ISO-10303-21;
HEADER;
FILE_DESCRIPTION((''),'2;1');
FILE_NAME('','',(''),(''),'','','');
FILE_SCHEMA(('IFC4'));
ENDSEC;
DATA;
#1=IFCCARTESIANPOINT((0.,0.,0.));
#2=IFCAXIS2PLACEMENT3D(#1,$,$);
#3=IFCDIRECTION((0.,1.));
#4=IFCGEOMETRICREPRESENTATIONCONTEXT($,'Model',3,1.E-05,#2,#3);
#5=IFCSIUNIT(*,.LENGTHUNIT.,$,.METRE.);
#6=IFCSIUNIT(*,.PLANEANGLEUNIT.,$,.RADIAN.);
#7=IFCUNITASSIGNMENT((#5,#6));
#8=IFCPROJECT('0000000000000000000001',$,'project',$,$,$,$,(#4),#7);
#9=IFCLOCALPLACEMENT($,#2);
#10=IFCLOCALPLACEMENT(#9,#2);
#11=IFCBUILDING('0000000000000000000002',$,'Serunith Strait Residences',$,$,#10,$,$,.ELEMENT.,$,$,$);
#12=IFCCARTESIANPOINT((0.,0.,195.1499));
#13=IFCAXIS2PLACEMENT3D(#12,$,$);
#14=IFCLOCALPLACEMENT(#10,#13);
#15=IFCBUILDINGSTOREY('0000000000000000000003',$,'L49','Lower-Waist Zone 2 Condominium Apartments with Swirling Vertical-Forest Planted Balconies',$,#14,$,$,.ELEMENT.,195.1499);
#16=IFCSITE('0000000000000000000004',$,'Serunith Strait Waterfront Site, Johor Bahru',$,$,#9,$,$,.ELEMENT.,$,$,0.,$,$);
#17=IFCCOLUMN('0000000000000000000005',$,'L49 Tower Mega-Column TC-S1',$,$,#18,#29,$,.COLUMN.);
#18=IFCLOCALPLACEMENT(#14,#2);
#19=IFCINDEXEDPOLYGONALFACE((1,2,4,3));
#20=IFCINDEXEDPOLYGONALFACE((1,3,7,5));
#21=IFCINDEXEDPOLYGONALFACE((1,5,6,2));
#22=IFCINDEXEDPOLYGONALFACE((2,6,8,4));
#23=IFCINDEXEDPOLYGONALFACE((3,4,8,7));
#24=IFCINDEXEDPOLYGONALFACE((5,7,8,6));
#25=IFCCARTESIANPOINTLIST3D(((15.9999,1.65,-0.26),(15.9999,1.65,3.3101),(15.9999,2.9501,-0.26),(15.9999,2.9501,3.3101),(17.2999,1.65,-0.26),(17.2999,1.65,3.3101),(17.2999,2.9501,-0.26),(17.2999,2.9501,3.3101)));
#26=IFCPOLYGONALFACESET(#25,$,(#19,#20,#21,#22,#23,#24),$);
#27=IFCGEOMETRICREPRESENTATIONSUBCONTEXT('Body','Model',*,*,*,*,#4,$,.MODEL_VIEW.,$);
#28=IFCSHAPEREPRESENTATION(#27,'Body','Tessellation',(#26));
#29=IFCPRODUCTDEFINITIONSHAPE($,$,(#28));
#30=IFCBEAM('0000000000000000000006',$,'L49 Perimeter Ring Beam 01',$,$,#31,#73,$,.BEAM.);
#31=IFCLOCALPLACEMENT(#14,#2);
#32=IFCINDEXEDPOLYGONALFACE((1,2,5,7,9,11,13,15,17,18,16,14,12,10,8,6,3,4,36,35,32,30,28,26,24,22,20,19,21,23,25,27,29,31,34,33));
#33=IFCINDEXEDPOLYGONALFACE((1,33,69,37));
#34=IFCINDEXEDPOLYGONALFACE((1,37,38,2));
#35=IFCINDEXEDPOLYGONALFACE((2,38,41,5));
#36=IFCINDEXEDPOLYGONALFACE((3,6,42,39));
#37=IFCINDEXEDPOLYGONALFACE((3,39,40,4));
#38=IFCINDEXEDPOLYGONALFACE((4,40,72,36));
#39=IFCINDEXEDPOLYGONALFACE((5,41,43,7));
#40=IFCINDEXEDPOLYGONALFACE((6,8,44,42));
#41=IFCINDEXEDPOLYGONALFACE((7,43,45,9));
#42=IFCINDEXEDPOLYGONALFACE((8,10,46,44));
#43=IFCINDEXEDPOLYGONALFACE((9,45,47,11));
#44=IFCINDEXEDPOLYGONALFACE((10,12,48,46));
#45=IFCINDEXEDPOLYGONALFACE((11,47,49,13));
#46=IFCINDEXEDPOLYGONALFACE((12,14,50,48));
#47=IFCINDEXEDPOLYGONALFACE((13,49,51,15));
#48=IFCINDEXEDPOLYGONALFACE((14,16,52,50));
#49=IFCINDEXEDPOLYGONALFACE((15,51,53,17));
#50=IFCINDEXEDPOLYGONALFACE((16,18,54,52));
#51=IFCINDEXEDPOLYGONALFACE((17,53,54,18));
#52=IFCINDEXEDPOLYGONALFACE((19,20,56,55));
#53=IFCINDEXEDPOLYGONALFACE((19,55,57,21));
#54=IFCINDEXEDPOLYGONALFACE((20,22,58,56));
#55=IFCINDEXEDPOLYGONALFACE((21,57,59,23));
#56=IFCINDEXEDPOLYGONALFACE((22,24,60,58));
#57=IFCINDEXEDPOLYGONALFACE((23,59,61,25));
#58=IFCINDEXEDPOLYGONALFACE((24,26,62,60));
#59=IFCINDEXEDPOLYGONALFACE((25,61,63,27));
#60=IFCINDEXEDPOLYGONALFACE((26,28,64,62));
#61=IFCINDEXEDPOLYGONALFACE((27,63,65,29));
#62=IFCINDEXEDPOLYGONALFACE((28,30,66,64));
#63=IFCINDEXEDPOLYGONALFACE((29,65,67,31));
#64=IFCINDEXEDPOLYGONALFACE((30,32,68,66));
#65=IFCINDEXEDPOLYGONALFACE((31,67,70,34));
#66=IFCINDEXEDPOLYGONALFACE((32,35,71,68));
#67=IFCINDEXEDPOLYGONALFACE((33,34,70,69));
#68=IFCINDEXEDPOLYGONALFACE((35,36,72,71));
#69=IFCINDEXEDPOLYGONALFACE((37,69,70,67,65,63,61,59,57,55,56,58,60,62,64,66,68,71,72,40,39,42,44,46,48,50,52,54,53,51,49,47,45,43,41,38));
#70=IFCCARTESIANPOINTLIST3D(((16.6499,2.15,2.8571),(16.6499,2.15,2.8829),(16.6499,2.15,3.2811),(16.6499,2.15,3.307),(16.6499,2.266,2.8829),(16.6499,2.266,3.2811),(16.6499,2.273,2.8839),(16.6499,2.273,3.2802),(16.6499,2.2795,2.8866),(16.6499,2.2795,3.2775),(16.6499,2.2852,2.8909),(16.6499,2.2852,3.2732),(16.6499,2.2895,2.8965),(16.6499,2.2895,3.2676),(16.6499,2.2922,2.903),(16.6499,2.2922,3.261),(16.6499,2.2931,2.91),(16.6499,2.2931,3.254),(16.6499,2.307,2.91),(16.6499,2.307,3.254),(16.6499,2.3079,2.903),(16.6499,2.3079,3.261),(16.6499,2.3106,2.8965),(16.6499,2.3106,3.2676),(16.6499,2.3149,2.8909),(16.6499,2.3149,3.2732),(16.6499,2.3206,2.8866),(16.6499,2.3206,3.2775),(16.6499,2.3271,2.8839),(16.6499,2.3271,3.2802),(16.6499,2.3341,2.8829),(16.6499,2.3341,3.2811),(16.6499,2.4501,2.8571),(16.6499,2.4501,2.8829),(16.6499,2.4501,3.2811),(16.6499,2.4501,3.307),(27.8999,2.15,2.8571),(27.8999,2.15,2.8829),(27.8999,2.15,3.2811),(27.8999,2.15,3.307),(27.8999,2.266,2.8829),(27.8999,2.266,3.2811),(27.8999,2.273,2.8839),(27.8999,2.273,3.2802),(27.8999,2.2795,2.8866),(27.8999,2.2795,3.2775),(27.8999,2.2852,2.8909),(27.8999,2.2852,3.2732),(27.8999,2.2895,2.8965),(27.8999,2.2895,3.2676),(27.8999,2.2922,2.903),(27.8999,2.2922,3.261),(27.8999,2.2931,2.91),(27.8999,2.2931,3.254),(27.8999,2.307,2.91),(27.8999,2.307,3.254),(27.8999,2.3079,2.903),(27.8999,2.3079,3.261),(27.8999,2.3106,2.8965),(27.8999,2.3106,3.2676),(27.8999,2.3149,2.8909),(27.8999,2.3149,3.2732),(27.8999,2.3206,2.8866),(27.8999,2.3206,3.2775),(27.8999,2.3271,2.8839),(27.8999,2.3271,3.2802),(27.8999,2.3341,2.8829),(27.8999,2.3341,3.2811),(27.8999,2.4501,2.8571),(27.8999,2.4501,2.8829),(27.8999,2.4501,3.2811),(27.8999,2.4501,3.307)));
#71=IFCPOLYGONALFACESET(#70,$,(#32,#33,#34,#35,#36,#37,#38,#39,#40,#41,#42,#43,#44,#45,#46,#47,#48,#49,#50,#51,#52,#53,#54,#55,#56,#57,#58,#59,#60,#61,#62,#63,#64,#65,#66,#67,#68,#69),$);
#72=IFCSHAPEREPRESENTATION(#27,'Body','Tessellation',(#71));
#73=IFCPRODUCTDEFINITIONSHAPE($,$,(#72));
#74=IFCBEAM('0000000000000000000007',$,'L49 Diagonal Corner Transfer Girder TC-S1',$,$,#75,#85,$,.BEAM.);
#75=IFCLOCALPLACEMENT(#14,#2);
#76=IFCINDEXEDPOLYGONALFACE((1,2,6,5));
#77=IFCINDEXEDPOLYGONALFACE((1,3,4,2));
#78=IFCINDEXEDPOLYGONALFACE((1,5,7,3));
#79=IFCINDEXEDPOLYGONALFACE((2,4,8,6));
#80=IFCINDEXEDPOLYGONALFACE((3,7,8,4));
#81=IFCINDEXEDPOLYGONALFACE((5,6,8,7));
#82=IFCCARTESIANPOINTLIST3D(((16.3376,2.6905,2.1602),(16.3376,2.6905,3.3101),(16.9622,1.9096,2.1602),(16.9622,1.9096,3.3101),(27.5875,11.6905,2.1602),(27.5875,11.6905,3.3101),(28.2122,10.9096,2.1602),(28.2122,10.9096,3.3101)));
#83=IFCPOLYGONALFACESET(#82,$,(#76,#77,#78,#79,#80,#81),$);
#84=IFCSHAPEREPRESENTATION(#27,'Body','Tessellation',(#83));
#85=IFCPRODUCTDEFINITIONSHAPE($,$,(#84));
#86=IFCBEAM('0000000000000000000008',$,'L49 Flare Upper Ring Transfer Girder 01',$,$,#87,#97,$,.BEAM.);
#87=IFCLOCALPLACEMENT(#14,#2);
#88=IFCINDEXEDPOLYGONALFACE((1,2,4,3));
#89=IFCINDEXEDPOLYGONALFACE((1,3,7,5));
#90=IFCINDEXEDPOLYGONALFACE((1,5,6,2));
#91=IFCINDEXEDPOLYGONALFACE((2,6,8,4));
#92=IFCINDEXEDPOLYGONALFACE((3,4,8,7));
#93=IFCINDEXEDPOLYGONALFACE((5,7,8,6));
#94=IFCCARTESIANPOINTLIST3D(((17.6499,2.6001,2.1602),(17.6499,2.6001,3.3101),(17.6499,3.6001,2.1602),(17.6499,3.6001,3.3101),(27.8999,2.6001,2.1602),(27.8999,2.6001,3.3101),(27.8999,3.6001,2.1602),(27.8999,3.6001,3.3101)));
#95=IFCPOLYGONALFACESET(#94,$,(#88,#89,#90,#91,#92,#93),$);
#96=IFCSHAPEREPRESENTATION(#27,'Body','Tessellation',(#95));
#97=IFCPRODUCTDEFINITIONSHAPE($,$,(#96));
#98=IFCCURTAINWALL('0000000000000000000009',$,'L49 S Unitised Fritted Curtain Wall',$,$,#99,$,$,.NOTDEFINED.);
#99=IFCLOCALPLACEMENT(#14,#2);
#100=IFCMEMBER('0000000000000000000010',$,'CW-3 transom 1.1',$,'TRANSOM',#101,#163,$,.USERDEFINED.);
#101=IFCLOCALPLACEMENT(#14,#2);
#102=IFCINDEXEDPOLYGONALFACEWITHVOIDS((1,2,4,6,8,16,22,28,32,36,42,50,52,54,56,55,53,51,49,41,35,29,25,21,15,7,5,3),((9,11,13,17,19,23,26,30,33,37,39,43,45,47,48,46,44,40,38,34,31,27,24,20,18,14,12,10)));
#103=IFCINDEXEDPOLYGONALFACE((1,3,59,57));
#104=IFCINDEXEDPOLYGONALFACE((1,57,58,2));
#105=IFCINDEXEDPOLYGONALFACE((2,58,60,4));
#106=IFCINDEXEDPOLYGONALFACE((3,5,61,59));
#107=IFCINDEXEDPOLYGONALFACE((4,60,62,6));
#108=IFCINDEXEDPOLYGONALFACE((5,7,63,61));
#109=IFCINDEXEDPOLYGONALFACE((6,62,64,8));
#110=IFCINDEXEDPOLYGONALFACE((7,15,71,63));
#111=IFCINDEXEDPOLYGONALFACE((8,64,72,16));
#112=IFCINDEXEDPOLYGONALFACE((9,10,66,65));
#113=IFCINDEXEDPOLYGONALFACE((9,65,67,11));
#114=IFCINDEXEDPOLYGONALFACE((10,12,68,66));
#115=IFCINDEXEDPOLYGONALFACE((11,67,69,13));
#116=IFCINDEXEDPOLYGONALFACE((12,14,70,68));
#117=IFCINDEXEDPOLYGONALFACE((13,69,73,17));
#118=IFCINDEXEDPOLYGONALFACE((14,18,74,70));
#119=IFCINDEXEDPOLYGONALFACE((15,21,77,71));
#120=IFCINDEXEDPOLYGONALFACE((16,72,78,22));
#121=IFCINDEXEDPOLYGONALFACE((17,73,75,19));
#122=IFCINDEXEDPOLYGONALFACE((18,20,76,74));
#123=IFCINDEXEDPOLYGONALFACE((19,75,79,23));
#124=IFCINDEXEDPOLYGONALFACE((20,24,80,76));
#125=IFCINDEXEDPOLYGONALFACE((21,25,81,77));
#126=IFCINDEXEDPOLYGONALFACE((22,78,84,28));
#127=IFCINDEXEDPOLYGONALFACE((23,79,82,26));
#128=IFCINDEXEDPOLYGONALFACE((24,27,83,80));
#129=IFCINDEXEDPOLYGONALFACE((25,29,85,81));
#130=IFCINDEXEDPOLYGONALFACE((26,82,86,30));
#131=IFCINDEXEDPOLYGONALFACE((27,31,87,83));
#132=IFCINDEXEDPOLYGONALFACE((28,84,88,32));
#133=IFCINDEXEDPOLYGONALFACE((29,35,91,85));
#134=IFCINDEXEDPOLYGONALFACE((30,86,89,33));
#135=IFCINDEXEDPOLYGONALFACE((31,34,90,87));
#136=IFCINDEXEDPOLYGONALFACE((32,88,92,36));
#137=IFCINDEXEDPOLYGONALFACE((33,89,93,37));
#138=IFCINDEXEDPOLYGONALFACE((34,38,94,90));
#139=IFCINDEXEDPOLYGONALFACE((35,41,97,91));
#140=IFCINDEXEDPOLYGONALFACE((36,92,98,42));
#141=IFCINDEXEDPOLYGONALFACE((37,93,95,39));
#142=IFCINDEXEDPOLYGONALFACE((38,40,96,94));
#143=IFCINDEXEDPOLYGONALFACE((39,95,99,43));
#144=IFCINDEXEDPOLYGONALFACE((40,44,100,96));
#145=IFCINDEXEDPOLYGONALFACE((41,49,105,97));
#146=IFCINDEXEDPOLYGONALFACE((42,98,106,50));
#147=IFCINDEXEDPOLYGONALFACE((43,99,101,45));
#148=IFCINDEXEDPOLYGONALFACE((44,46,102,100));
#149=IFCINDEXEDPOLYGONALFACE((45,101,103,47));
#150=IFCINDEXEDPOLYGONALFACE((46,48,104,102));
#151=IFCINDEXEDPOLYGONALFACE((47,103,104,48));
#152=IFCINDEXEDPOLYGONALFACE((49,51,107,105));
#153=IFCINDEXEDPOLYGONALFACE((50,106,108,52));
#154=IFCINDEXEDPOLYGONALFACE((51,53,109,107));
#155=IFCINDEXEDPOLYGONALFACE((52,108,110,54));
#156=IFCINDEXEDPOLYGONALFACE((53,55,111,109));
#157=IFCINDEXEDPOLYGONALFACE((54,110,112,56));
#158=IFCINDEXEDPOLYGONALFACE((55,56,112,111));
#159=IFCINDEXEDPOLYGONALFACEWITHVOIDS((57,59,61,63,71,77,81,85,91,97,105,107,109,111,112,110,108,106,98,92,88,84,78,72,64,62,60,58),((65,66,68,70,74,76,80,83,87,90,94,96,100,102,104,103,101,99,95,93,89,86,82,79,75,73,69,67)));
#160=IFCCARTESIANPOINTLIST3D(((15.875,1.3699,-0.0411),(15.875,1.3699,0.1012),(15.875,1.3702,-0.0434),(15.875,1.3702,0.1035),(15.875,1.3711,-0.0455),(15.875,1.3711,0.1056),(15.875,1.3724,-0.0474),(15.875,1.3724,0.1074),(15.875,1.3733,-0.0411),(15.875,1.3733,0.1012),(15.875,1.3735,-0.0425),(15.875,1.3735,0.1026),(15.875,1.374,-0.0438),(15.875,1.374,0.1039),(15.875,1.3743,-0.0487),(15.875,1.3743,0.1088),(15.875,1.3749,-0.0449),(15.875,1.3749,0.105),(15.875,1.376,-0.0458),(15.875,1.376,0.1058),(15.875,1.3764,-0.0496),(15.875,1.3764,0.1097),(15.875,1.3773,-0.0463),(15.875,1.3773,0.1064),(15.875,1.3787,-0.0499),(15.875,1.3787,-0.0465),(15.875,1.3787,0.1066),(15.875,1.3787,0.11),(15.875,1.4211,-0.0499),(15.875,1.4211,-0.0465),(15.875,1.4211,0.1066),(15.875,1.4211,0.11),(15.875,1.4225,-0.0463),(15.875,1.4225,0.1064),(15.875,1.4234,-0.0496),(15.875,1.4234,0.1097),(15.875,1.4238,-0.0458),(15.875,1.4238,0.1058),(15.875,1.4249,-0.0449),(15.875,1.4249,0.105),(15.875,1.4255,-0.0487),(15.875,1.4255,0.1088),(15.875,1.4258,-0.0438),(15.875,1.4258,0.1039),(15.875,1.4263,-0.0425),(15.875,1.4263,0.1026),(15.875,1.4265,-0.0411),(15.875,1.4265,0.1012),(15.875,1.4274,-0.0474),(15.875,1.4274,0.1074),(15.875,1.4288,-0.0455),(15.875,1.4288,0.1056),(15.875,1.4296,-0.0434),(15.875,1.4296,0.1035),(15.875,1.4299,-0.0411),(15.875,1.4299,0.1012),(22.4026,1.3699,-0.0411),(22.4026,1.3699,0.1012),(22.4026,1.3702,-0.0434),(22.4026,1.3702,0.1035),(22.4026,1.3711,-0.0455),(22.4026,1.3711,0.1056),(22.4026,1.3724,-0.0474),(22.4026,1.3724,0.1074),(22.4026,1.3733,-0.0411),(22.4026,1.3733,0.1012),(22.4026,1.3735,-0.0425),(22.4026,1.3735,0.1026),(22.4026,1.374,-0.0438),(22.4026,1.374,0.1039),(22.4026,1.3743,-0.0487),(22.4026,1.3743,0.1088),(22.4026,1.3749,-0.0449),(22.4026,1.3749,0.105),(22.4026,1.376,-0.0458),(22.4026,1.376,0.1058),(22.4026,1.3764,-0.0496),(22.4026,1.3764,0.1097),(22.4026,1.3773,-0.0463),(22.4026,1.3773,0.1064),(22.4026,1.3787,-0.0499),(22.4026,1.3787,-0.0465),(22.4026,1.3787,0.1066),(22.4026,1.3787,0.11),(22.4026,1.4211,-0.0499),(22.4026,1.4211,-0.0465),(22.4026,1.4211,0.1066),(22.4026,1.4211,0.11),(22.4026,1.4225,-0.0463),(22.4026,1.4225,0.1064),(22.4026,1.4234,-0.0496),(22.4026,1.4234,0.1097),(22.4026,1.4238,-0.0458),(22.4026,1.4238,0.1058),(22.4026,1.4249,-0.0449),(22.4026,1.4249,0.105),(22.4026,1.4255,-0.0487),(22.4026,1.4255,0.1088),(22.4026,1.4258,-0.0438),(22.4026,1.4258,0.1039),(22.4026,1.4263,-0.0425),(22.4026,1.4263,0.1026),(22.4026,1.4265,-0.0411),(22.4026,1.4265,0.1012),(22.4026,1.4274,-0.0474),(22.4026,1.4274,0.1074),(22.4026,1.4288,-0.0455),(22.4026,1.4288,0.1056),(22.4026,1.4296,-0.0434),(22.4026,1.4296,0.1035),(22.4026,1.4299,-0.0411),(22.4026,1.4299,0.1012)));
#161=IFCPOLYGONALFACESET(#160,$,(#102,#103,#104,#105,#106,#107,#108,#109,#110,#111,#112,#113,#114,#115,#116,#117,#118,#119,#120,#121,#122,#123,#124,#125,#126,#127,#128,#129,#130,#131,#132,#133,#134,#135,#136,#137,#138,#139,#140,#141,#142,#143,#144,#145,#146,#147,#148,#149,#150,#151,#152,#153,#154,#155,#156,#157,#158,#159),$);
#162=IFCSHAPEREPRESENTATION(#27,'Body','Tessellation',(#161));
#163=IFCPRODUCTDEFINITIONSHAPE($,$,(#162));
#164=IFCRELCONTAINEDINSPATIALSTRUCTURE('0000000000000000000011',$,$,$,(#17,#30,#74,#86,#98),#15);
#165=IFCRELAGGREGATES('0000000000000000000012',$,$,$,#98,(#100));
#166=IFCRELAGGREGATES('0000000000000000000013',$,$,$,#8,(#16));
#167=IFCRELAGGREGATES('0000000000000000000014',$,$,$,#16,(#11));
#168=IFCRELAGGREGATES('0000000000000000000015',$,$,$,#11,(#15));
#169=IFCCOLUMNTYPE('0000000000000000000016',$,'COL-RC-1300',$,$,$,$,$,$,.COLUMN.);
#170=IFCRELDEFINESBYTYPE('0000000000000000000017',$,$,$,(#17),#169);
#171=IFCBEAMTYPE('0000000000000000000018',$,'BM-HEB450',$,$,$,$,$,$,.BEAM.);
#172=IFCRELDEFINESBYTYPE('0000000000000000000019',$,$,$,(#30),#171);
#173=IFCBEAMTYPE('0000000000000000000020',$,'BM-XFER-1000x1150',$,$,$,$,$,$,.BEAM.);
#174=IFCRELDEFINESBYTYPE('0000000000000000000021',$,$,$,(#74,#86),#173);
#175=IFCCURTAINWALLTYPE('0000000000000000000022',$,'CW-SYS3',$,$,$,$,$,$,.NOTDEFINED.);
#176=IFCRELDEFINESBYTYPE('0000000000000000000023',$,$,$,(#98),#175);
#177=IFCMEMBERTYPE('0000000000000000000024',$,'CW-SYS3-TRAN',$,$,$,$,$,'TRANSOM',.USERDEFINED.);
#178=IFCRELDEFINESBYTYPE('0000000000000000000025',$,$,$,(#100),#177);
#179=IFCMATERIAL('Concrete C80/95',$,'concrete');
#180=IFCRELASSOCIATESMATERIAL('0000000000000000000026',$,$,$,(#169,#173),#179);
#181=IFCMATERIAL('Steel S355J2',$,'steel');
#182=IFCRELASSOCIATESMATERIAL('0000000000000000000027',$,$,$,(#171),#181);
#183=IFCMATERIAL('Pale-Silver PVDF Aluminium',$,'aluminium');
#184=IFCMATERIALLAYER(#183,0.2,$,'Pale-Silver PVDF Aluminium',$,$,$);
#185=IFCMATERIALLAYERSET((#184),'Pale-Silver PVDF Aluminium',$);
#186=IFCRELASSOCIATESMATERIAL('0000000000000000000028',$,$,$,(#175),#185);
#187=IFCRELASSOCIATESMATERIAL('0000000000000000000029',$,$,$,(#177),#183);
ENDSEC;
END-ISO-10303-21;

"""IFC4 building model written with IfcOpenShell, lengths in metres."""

from ifc_helpers import new_model, si_unit, direction, frame, origin, origin_2d, place, context, subcontext, project, spatial, rectangle, hollow_rectangle, i_section, extrude, source, transform, mapped, material, layer, layer_set, material_profile, profile_set, type_object, element, aggregate, save


model = new_model("IFC4")

# Units and contexts
model_context = context("Model", 3, precision=1e-05, world=origin(), true_north=direction((0.0, 1.0)))
body_context = subcontext(model_context, "Body", "Model", "MODEL_VIEW")
ifc_project = project(units=[si_unit("LENGTHUNIT", "METRE"), si_unit("PLANEANGLEUNIT", "RADIAN")], contexts=[model_context])

# Site, building, storey
site_placement = place(None, origin())
site = spatial("IfcSite", under=ifc_project, at=site_placement, Name="Serunith Strait Waterfront Site, Johor Bahru", CompositionType="ELEMENT", RefElevation=0.0)
building_placement = place(site_placement, origin())
building = spatial("IfcBuilding", under=site, at=building_placement, Name="Serunith Strait Residences", CompositionType="ELEMENT")
storey_placement = place(building_placement, frame((0.0, 0.0, 195.1499)))
storey = spatial("IfcBuildingStorey", under=building, at=storey_placement, Name="L49", Description="Lower-Waist Zone 2 Condominium Apartments with Swirling Vertical-Forest Planted Balconies", CompositionType="ELEMENT", Elevation=195.1499)

# Column
ifc_material_1 = material(Name="Concrete C80/95", Category="concrete")
ifc_material_profile_1 = material_profile(ifc_material_1, rectangle(XDim=1.3, YDim=1.3, at=origin_2d()), Name="RC 1300x1300")
ifc_profile_set_1 = profile_set([ifc_material_profile_1], Name="Concrete C80/95")
column_type = type_object("IfcColumnType", Name="COL-RC-1300", PredefinedType="COLUMN", material=ifc_profile_set_1)
shared_shape_1 = source(origin(), body_context, "Body", "SweptSolid", [
    extrude(rectangle(XDim=1.3, YDim=1.3, at=origin_2d()), origin(), (0.0, 0.0, 1.0), 3.5701),
])
column_placement = place(storey_placement, frame((16.6499, 2.3, -0.26), z_axis=(0.0, 0.0, 1.0), x_axis=(1.0, 0.0, 0.0)))
element("IfcColumn", 1, at=column_placement, inside=storey, type_object=column_type, Name="L49 Tower Mega-Column TC-S1", PredefinedType="COLUMN", context=body_context, shape_type="MappedRepresentation", body=[
    mapped(shared_shape_1, transform((0.0, 0.0, 0.0), scale=1.0)),
])

# Beams
ifc_material_2 = material(Name="Steel S355J2", Category="steel")
ifc_material_profile_2 = material_profile(ifc_material_2, i_section(OverallWidth=0.3, OverallDepth=0.45, WebThickness=0.0139, FlangeThickness=0.0259, FilletRadius=0.0271, at=origin_2d()), Name="HEB 450")
ifc_profile_set_2 = profile_set([ifc_material_profile_2], Name="Steel S355J2")
beam_type_1 = type_object("IfcBeamType", Name="BM-HEB450", PredefinedType="BEAM", material=ifc_profile_set_2)
shared_shape_2 = source(origin(), body_context, "Body", "SweptSolid", [
    extrude(i_section(OverallWidth=0.3, OverallDepth=0.45, WebThickness=0.0139, FlangeThickness=0.0259, FilletRadius=0.0271, at=origin_2d()), origin(), (0.0, 0.0, 1.0), 11.25),
])
beam_1_placement = place(storey_placement, frame((16.6499, 2.3, 3.082), z_axis=(1.0, 0.0, 0.0), x_axis=(0.0, 1.0, 0.0)))
element("IfcBeam", 2, at=beam_1_placement, inside=storey, type_object=beam_type_1, Name="L49 Perimeter Ring Beam 01", PredefinedType="BEAM", context=body_context, shape_type="MappedRepresentation", body=[
    mapped(shared_shape_2, transform((0.0, 0.0, 0.0), scale=1.0)),
])
ifc_material_profile_3 = material_profile(ifc_material_1, rectangle(XDim=1.0, YDim=1.1499, at=origin_2d()), Name="RC 1000x1150")
ifc_profile_set_3 = profile_set([ifc_material_profile_3], Name="Concrete C80/95")
beam_type_2 = type_object("IfcBeamType", Name="BM-XFER-1000x1150", PredefinedType="BEAM", material=ifc_profile_set_3)
shared_shape_3 = source(origin(), body_context, "Body", "SweptSolid", [
    extrude(rectangle(XDim=1.0, YDim=1.1499, at=origin_2d()), origin(), (0.0, 0.0, 1.0), 14.407),
])
beam_2_placement = place(storey_placement, frame((16.6499, 2.3, 2.7351), z_axis=(0.780869, 0.624695, 0.0), x_axis=(-0.624695, 0.780869, 0.0)))
element("IfcBeam", 3, at=beam_2_placement, inside=storey, type_object=beam_type_2, Name="L49 Diagonal Corner Transfer Girder TC-S1", PredefinedType="BEAM", context=body_context, shape_type="MappedRepresentation", body=[
    mapped(shared_shape_3, transform((0.0, 0.0, 0.0), scale=1.0)),
])
shared_shape_4 = source(origin(), body_context, "Body", "SweptSolid", [
    extrude(rectangle(XDim=1.0, YDim=1.1499, at=origin_2d()), origin(), (0.0, 0.0, 1.0), 10.25),
])
beam_3_placement = place(storey_placement, frame((17.6499, 3.1001, 2.7351), z_axis=(1.0, 0.0, 0.0), x_axis=(0.0, 1.0, 0.0)))
element("IfcBeam", 4, at=beam_3_placement, inside=storey, type_object=beam_type_2, Name="L49 Flare Upper Ring Transfer Girder 01", PredefinedType="BEAM", context=body_context, shape_type="MappedRepresentation", body=[
    mapped(shared_shape_4, transform((0.0, 0.0, 0.0), scale=1.0)),
])

# Curtain wall, member
ifc_material_3 = material(Name="Pale-Silver PVDF Aluminium", Category="aluminium")
ifc_layer_1 = layer(ifc_material_3, 0.2, Name="Pale-Silver PVDF Aluminium")
ifc_layer_set_1 = layer_set([ifc_layer_1], Name="Pale-Silver PVDF Aluminium")
curtain_wall_type = type_object("IfcCurtainWallType", Name="CW-SYS3", PredefinedType="NOTDEFINED", material=ifc_layer_set_1)
curtain_wall_placement = place(storey_placement, origin())
curtain_wall = element("IfcCurtainWall", 5, at=curtain_wall_placement, inside=storey, type_object=curtain_wall_type, Name="L49 S Unitised Fritted Curtain Wall", PredefinedType="NOTDEFINED")
ifc_material_profile_4 = material_profile(ifc_material_3, hollow_rectangle(XDim=0.0601, YDim=0.1599, WallThickness=0.0034, InnerFilletRadius=0.0054, OuterFilletRadius=0.0088, at=origin_2d()), Name="ALU 160x60x3.5")
ifc_profile_set_4 = profile_set([ifc_material_profile_4], Name="Pale-Silver PVDF Aluminium")
member_type_1 = type_object("IfcMemberType", Name="CW-SYS3-TRAN", ElementType="TRANSOM", PredefinedType="USERDEFINED", material=ifc_profile_set_4)
shared_shape_5 = source(origin(), body_context, "Body", "SweptSolid", [
    extrude(hollow_rectangle(XDim=0.0601, YDim=0.1599, WallThickness=0.0034, InnerFilletRadius=0.0054, OuterFilletRadius=0.0088, at=origin_2d()), origin(), (0.0, 0.0, 1.0), 6.5276),
])
member_1_placement = place(storey_placement, frame((15.875, 1.3999, 0.03), z_axis=(1.0, 0.0, 0.0), x_axis=(0.0, 1.0, 0.0)))
member_1 = element("IfcMember", 6, at=member_1_placement, type_object=member_type_1, Name="CW-3 transom 1.1", ObjectType="TRANSOM", PredefinedType="USERDEFINED", context=body_context, shape_type="MappedRepresentation", body=[
    mapped(shared_shape_5, transform((0.0, 0.0, 0.0), scale=1.0)),
])
aggregate(curtain_wall, [member_1])

save(model, "model.ifc")
